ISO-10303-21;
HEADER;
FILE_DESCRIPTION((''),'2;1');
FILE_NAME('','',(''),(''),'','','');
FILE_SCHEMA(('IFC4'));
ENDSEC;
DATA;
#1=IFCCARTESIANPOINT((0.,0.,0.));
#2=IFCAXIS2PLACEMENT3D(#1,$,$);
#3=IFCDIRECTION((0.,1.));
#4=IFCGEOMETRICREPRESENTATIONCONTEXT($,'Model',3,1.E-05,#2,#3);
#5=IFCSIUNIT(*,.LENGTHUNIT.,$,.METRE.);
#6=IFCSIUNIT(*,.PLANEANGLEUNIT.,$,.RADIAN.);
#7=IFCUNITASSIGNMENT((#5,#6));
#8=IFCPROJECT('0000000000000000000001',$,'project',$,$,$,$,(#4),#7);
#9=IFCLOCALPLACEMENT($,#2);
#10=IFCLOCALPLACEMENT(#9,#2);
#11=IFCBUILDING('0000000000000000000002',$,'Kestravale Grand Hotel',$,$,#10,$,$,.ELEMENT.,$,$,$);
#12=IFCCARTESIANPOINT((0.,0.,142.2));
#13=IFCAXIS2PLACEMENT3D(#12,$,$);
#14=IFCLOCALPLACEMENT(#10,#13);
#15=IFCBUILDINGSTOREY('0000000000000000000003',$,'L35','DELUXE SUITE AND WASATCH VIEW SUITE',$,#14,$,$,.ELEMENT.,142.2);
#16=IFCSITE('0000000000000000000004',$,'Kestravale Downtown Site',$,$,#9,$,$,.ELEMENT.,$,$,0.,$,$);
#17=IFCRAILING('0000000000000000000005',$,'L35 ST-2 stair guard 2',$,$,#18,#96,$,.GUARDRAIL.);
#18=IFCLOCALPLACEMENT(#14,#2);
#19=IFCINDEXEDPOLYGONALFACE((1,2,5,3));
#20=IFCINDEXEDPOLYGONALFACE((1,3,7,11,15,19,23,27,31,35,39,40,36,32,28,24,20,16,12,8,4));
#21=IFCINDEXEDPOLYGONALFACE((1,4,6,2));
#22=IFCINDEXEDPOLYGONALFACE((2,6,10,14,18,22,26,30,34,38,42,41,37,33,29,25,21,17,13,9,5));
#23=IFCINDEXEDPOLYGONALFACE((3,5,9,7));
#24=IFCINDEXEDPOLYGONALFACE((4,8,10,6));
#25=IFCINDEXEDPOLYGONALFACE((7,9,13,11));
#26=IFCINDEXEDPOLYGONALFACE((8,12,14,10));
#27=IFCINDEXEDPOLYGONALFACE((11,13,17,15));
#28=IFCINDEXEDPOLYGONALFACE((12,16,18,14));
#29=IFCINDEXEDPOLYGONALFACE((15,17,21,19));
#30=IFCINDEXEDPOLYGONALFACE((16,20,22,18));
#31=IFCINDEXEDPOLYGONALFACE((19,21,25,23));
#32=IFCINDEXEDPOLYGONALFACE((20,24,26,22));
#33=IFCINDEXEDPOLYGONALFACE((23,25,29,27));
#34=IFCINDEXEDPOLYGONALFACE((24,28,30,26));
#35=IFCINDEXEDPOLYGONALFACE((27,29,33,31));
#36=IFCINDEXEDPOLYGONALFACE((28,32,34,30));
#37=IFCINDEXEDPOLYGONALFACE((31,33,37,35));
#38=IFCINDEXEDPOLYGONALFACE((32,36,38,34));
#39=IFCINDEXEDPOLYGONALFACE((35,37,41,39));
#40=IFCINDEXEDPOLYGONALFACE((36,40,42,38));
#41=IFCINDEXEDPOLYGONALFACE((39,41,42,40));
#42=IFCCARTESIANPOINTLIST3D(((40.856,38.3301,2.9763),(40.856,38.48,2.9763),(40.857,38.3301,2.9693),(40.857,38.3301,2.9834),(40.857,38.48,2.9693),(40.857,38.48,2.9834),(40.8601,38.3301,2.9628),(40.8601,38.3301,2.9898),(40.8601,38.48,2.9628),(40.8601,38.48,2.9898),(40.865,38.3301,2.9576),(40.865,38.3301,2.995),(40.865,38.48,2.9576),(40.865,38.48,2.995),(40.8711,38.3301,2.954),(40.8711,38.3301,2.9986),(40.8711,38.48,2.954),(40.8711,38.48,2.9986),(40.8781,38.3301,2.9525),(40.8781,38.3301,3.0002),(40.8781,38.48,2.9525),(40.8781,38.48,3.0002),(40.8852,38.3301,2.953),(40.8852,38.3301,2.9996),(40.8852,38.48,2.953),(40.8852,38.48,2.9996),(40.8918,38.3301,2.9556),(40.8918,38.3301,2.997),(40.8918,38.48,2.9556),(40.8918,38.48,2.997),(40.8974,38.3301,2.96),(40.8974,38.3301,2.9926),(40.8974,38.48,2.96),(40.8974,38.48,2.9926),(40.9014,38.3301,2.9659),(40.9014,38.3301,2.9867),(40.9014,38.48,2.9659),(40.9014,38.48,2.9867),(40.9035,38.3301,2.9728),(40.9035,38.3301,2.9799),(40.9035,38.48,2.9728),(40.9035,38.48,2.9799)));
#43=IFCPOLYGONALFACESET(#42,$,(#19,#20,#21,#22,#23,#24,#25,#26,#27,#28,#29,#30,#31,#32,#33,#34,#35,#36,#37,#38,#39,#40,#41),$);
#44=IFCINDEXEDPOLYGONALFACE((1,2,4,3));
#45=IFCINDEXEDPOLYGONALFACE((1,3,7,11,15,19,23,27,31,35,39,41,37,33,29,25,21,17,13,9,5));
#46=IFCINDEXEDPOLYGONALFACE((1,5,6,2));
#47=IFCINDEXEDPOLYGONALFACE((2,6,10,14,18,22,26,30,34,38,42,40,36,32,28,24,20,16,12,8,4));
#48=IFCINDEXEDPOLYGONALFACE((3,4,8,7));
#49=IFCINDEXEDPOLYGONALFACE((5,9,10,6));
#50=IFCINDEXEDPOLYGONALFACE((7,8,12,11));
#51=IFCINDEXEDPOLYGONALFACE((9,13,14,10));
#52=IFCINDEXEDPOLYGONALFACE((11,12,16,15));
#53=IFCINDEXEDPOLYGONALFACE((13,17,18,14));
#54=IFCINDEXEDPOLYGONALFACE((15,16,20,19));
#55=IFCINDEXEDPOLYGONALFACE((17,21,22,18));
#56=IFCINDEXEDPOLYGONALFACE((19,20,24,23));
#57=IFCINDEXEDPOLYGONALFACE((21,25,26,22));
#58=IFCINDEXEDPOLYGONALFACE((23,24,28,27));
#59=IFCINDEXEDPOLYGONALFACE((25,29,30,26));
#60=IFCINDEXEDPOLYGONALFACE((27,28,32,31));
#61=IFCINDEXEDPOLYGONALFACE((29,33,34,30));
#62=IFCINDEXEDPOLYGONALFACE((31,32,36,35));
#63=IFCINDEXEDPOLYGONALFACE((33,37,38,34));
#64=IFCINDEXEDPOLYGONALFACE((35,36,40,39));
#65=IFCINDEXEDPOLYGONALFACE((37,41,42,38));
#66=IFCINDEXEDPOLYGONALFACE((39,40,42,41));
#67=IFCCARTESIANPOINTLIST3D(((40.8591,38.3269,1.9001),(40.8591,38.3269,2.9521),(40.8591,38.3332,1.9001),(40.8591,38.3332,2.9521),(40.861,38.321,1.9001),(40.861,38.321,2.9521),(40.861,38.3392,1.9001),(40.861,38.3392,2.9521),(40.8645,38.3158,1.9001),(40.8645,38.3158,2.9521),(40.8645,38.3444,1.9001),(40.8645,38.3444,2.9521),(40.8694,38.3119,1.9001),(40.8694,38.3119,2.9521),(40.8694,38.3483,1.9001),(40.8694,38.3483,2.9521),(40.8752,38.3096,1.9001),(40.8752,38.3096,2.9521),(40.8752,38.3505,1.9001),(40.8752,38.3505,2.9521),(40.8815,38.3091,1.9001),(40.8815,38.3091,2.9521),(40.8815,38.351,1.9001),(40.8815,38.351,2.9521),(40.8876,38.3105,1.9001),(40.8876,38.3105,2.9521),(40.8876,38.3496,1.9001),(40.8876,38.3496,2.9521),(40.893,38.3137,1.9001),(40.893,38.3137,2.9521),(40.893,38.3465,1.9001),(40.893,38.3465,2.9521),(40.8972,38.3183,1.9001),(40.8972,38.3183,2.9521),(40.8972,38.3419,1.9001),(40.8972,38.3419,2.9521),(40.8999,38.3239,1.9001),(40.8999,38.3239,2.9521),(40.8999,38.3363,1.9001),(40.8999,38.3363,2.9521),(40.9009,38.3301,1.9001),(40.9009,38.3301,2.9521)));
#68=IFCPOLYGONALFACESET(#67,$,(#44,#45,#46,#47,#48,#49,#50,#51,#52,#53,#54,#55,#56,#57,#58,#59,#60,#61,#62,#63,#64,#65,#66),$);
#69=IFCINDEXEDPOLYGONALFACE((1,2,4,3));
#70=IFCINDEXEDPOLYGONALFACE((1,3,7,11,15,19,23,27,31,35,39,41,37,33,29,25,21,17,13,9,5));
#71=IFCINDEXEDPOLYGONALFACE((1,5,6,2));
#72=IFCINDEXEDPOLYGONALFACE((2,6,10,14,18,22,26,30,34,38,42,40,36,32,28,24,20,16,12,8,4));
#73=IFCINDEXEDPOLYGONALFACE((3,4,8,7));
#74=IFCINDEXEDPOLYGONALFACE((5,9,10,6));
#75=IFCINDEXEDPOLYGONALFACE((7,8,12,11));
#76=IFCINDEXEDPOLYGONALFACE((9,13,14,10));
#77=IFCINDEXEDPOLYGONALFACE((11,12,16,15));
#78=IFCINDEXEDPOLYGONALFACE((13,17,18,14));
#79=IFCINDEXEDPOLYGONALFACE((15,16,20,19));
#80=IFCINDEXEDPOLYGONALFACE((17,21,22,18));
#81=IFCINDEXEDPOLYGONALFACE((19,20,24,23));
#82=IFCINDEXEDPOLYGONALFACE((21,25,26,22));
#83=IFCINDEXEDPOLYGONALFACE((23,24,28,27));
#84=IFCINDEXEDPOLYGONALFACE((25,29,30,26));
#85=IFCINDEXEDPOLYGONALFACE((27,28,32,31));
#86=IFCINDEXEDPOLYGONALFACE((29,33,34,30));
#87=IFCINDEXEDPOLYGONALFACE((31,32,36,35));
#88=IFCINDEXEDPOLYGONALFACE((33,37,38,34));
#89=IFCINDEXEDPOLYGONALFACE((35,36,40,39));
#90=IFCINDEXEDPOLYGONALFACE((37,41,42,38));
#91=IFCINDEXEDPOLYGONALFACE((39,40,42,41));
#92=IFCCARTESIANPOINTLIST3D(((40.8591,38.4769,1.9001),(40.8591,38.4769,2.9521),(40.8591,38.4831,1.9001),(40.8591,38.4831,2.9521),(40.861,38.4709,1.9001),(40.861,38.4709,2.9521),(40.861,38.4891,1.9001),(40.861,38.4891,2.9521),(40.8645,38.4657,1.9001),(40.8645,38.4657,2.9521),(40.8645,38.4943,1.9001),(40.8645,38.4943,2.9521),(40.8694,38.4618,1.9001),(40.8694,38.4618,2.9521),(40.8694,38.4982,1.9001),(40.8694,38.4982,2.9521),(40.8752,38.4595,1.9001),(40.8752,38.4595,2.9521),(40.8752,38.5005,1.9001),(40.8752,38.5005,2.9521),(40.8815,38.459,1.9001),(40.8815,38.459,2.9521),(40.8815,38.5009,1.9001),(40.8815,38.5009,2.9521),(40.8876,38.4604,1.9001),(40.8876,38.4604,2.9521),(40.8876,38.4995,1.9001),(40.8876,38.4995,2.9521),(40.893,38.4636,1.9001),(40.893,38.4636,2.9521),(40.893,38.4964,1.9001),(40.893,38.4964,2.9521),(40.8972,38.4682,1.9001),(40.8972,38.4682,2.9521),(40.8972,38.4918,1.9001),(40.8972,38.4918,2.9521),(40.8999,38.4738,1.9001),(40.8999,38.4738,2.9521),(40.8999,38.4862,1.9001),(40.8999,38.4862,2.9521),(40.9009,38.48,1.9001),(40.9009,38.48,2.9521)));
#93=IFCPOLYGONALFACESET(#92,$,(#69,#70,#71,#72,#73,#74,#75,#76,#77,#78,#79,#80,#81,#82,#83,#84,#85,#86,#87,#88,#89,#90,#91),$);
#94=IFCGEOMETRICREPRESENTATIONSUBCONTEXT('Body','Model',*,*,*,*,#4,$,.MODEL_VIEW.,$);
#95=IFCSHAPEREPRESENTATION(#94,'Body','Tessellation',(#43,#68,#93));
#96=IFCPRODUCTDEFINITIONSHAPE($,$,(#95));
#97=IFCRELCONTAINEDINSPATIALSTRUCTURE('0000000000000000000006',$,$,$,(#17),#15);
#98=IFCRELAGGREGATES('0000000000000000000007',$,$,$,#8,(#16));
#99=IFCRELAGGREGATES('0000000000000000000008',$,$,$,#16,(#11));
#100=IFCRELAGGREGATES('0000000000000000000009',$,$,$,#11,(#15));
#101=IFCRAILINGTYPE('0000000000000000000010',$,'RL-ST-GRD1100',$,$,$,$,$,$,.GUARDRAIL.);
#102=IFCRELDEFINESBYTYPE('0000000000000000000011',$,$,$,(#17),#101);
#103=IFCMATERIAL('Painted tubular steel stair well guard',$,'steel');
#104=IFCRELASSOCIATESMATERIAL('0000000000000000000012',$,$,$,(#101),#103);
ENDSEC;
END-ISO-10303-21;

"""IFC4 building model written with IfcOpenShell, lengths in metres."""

from ifc_helpers import new_model, si_unit, direction, frame, origin, origin_2d, place, context, subcontext, project, spatial, circle, extrude, material, type_object, element, save


model = new_model("IFC4")

# Units and contexts
model_context = context("Model", 3, precision=1e-05, world=origin(), true_north=direction((0.0, 1.0)))
body_context = subcontext(model_context, "Body", "Model", "MODEL_VIEW")
ifc_project = project(units=[si_unit("LENGTHUNIT", "METRE"), si_unit("PLANEANGLEUNIT", "RADIAN")], contexts=[model_context])

# Site, building, storey
site_placement = place(None, origin())
site = spatial("IfcSite", under=ifc_project, at=site_placement, Name="Kestravale Downtown Site", CompositionType="ELEMENT", RefElevation=0.0)
building_placement = place(site_placement, origin())
building = spatial("IfcBuilding", under=site, at=building_placement, Name="Kestravale Grand Hotel", CompositionType="ELEMENT")
storey_placement = place(building_placement, frame((0.0, 0.0, 142.2)))
storey = spatial("IfcBuildingStorey", under=building, at=storey_placement, Name="L35", Description="DELUXE SUITE AND WASATCH VIEW SUITE", CompositionType="ELEMENT", Elevation=142.2)

# Railing
ifc_material_1 = material(Name="Painted tubular steel stair well guard", Category="steel")
railing_type_1 = type_object("IfcRailingType", Name="RL-ST-GRD1100", PredefinedType="GUARDRAIL", material=ifc_material_1)
railing_1_placement = place(storey_placement, frame((40.8799, 38.3301, 1.9001)))
element("IfcRailing", 1, at=railing_1_placement, inside=storey, type_object=railing_type_1, Name="L35 ST-2 stair guard 2", PredefinedType="GUARDRAIL", context=body_context, shape_type="SweptSolid", body=[
    extrude(circle(Radius=0.0239, at=origin_2d()), frame((0.0, 0.0, 1.0762), z_axis=(0.0, 1.0, 0.0), x_axis=(-1.0, 0.0, 0.0)), (0.0, 0.0, 1.0), 0.1499),
    extrude(circle(Radius=0.021, at=origin_2d()), origin(), (0.0, 0.0, 1.0), 1.052),
    extrude(circle(Radius=0.021, at=origin_2d()), frame((0.0, 0.1499, 0.0)), (0.0, 0.0, 1.0), 1.052),
])

save(model, "model.ifc")
